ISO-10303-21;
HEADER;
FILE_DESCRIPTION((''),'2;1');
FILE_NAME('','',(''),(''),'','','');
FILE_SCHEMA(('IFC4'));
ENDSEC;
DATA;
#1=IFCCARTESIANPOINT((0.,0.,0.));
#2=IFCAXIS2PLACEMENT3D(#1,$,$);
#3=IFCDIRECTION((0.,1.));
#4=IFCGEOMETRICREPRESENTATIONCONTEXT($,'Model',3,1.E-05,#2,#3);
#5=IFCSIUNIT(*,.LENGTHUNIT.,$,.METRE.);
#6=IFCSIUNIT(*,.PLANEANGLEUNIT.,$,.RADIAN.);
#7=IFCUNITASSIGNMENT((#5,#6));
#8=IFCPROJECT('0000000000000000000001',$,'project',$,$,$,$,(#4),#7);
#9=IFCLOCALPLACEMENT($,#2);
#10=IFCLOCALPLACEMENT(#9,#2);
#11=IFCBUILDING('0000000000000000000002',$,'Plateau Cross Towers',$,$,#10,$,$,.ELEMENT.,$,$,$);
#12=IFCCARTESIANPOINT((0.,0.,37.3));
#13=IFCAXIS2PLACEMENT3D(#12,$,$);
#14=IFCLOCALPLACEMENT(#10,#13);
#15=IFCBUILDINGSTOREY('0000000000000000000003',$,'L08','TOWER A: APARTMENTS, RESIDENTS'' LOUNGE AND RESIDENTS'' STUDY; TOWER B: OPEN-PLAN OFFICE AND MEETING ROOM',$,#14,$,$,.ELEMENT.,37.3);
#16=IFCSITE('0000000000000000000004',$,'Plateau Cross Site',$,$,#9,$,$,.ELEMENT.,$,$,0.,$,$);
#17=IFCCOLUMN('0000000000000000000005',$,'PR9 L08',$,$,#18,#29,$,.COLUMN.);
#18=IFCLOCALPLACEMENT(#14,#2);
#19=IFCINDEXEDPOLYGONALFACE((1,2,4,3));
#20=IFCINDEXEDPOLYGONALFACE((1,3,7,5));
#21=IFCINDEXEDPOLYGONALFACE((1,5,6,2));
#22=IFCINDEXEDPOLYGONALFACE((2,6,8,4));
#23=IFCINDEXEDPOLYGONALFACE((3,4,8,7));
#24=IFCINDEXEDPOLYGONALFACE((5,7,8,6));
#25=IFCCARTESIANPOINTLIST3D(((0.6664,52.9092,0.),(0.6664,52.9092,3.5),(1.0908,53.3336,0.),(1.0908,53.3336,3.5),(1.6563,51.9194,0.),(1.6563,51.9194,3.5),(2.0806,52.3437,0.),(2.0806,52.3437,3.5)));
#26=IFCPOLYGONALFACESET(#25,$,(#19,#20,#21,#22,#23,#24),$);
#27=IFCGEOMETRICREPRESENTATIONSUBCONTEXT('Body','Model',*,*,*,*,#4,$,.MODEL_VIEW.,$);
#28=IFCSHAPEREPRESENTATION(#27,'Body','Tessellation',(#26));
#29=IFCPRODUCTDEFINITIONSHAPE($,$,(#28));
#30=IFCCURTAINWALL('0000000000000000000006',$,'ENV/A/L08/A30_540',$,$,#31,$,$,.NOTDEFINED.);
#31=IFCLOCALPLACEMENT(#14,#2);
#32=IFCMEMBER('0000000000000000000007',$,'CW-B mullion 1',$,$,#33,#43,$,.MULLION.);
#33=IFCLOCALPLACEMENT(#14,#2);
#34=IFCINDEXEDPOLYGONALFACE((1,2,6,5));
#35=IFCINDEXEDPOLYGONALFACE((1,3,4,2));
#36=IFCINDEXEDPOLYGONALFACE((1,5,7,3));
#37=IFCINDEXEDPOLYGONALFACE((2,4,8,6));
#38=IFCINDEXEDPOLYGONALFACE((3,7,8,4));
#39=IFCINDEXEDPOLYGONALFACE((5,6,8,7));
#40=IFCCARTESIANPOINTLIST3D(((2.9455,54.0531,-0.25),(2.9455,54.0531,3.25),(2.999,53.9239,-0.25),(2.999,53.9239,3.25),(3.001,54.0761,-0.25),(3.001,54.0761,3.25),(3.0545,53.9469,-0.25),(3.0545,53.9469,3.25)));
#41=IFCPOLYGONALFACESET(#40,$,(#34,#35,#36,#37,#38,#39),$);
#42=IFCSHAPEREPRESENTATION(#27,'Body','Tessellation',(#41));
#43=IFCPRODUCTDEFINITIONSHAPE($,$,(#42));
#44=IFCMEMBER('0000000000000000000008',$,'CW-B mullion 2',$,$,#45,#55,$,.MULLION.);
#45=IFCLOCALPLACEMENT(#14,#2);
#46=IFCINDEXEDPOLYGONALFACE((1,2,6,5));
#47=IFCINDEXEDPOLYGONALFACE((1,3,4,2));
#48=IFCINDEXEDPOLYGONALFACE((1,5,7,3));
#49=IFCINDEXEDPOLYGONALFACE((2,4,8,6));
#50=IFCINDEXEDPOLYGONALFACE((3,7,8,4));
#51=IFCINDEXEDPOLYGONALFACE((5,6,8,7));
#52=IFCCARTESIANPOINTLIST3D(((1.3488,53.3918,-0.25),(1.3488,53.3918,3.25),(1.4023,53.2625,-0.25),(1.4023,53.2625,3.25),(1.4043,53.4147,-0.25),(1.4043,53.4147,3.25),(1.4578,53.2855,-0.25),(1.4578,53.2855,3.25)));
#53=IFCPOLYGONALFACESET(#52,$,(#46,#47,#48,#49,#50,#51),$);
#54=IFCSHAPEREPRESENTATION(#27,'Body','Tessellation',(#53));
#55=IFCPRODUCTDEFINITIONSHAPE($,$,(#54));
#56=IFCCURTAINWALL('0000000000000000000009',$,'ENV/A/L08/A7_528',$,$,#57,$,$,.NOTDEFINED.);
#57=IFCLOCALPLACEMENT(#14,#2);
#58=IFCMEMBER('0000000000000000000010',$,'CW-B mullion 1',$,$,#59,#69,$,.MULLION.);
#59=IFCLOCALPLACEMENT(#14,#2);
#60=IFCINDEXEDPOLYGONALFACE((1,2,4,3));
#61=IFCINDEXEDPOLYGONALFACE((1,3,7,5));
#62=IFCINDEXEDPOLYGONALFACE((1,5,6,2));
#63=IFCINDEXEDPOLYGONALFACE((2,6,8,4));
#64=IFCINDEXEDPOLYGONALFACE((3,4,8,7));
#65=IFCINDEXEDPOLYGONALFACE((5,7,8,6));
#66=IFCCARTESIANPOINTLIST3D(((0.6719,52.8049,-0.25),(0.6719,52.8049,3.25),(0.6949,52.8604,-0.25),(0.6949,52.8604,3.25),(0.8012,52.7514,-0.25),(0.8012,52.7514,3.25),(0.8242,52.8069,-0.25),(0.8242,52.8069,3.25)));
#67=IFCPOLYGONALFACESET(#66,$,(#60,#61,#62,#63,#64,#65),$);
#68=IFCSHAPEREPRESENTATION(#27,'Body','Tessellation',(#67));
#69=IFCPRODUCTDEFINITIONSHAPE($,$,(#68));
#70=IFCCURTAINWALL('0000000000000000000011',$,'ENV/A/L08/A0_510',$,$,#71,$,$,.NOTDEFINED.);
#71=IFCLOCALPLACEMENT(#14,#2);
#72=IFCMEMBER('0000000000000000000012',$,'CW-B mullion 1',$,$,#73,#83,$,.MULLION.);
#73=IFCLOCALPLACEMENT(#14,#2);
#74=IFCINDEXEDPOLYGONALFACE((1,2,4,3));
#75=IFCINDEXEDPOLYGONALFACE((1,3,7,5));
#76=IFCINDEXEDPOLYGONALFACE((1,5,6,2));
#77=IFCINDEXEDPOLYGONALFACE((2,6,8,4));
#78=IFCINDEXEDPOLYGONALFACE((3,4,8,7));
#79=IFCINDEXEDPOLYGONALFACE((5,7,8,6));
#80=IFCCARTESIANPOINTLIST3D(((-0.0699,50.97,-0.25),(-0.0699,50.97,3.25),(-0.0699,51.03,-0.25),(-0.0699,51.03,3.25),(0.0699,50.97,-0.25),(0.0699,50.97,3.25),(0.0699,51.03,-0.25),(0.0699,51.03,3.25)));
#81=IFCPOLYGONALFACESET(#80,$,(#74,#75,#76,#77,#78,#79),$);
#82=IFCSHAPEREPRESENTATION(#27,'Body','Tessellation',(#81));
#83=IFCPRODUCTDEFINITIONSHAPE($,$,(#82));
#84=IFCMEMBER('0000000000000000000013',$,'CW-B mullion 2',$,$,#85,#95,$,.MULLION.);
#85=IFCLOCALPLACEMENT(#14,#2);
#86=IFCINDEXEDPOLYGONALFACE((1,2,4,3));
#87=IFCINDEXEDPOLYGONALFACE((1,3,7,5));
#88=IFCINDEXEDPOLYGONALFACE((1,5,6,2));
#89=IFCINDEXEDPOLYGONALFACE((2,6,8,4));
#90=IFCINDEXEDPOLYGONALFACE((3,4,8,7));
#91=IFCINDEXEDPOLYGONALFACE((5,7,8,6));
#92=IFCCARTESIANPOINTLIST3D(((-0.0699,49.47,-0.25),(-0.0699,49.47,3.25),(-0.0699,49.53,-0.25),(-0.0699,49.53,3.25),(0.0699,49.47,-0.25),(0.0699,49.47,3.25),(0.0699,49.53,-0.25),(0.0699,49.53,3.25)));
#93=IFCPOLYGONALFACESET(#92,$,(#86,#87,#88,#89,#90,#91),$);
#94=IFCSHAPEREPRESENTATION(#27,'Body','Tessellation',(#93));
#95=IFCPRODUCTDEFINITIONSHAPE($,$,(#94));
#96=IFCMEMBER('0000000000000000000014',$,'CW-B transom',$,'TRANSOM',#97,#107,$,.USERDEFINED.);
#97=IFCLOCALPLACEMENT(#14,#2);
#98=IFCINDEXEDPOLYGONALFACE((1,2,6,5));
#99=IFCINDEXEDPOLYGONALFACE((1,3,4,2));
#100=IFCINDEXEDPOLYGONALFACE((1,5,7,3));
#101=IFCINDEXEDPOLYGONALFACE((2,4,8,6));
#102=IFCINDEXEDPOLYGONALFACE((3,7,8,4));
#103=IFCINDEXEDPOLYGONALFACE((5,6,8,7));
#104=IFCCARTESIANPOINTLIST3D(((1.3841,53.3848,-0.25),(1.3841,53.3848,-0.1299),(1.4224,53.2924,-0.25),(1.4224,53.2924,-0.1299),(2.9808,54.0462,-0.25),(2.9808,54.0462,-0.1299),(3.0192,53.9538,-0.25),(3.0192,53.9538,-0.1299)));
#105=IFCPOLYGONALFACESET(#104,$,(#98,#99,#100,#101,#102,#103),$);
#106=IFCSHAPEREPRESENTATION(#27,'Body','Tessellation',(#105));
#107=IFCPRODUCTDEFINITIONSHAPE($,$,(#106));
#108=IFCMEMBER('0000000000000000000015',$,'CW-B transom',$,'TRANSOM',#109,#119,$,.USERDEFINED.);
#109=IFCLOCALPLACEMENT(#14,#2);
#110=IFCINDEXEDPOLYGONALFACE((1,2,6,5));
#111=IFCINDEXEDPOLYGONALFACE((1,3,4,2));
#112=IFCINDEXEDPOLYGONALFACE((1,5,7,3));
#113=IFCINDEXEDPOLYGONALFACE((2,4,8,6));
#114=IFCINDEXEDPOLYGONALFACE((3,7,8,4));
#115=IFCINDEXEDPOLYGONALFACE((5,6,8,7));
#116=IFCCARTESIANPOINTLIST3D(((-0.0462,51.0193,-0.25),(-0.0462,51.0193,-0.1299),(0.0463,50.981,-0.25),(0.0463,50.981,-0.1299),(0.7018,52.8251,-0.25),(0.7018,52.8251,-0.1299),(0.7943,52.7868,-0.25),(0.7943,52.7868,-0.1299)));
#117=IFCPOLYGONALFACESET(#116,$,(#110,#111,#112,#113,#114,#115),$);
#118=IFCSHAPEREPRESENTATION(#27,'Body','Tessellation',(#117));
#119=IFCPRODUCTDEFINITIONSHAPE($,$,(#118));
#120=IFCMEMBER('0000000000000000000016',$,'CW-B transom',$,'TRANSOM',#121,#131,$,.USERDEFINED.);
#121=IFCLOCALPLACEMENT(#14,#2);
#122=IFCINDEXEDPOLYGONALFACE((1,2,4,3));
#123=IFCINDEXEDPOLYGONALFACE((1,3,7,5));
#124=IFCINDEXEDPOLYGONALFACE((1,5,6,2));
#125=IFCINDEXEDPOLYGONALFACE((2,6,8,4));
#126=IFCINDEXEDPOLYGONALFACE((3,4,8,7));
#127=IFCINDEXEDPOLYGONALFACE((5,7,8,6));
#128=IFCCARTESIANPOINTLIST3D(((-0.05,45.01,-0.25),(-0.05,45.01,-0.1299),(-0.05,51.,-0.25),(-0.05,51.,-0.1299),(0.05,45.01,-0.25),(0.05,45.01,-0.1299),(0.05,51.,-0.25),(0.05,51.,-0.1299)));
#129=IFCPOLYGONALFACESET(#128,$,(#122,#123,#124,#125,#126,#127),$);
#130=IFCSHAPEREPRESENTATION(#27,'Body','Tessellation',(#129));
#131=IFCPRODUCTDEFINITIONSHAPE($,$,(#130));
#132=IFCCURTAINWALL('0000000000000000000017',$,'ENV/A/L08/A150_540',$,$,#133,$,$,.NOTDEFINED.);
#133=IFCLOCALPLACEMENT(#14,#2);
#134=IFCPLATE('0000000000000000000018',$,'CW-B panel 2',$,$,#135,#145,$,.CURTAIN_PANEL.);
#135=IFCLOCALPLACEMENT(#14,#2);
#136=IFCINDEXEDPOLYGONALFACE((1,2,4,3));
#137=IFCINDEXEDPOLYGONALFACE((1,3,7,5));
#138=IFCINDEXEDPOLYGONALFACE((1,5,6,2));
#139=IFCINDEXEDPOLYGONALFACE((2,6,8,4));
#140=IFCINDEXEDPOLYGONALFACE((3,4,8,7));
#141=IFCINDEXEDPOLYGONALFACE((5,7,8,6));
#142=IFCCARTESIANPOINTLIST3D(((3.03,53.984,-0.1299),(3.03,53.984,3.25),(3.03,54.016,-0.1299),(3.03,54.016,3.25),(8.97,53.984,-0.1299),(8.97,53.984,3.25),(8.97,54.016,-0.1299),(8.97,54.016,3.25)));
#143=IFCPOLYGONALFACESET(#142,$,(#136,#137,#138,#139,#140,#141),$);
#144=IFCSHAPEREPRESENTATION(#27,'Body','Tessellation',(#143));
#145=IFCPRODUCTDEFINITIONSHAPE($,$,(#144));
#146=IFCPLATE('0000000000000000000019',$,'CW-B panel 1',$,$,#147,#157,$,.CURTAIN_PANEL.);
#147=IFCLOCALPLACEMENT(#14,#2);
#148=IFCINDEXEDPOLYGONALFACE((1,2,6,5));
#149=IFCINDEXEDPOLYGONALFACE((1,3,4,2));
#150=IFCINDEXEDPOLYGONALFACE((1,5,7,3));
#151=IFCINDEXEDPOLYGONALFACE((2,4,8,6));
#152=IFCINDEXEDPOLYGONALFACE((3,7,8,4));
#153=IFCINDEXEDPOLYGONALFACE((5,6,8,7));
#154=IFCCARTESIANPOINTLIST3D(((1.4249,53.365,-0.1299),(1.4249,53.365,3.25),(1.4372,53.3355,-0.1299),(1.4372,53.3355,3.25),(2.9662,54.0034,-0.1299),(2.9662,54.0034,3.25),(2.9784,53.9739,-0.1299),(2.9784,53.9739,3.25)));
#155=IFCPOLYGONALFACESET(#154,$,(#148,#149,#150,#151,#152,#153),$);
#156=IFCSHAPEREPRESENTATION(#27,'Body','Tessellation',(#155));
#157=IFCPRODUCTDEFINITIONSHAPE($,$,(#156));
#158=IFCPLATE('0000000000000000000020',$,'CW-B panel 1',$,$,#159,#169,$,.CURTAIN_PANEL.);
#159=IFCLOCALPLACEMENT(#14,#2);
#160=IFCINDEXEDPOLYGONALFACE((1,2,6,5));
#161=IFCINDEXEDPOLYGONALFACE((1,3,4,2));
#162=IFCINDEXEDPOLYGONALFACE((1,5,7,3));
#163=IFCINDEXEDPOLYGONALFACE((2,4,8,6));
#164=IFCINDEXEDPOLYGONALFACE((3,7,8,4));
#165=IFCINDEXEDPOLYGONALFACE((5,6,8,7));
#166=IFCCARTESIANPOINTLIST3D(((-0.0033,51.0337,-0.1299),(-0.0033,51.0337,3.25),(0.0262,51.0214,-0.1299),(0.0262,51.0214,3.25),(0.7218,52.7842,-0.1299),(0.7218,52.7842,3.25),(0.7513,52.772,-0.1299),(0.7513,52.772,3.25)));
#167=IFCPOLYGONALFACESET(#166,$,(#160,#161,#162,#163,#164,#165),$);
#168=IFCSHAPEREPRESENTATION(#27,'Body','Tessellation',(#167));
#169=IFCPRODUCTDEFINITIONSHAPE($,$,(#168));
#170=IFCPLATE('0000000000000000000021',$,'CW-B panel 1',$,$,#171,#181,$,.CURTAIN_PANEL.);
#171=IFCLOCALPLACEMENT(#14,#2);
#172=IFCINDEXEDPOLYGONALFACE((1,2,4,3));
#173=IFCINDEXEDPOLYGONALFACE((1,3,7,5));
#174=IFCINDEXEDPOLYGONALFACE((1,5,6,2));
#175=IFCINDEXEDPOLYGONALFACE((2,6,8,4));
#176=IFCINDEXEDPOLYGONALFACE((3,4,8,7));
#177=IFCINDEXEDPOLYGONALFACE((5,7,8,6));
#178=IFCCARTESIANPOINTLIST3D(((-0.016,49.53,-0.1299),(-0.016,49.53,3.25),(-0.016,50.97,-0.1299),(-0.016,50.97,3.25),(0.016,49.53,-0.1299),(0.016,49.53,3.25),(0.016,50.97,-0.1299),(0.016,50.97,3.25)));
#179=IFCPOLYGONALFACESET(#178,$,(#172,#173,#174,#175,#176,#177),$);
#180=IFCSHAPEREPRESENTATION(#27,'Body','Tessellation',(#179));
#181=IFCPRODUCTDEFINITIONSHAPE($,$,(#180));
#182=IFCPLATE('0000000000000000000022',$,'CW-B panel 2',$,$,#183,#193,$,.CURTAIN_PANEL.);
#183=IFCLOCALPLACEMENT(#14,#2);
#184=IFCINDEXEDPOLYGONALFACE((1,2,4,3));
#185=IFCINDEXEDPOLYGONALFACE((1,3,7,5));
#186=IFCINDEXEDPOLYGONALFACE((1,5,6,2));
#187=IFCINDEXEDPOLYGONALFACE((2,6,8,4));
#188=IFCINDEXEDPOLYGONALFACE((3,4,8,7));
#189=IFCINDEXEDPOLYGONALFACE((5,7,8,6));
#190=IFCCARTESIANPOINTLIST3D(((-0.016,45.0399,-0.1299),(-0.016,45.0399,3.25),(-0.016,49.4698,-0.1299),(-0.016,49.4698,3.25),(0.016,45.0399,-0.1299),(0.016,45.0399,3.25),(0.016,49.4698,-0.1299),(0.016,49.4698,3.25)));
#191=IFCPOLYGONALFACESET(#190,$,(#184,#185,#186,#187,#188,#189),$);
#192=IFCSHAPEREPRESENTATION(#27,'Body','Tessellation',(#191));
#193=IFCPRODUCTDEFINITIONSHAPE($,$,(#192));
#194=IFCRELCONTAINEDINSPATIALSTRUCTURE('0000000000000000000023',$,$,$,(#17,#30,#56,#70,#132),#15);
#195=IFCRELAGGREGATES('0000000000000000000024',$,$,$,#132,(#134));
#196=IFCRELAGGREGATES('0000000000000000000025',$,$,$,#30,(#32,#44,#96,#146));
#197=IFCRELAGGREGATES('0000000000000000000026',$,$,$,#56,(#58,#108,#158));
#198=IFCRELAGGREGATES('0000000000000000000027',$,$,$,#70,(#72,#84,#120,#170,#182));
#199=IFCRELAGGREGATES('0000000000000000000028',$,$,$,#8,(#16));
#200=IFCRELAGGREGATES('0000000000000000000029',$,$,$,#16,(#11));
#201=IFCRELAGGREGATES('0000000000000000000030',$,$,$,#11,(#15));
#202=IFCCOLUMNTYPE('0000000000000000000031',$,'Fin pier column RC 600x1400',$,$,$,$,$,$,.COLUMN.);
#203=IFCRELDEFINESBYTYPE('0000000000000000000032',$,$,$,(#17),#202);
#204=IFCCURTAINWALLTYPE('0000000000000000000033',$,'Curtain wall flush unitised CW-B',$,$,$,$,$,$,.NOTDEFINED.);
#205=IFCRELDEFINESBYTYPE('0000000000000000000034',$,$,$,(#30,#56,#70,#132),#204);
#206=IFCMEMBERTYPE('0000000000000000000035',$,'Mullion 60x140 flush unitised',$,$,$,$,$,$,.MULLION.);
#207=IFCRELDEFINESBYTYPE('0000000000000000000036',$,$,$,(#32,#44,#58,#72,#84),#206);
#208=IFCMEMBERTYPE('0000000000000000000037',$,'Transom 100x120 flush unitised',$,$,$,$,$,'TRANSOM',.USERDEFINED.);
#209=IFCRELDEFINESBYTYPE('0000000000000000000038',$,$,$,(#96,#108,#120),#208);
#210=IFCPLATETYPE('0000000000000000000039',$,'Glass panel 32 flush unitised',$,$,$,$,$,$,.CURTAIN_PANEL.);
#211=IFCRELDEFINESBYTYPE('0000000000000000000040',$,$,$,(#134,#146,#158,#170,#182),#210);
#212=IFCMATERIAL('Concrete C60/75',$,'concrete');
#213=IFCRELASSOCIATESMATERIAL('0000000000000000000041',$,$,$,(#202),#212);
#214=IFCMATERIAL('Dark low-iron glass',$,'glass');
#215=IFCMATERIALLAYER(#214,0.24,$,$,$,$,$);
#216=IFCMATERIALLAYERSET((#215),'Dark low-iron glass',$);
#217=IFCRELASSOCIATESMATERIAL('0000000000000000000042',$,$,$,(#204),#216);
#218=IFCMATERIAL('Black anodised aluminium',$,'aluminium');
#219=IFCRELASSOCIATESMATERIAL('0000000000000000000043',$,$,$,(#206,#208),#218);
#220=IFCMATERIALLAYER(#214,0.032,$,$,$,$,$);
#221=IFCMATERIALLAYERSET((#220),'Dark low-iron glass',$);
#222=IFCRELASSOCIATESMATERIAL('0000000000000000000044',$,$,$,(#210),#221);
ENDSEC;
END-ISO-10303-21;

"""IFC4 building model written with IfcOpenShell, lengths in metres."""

from ifc_helpers import new_model, si_unit, direction, frame, origin, origin_2d, place, context, subcontext, project, spatial, rectangle, extrude, material, layer, layer_set, material_profile, profile_set, type_object, element, aggregate, save


model = new_model("IFC4")

# Units and contexts
model_context = context("Model", 3, precision=1e-05, world=origin(), true_north=direction((0.0, 1.0)))
body_context = subcontext(model_context, "Body", "Model", "MODEL_VIEW")
ifc_project = project(units=[si_unit("LENGTHUNIT", "METRE"), si_unit("PLANEANGLEUNIT", "RADIAN")], contexts=[model_context])

# Site, building, storey
site_placement = place(None, origin())
site = spatial("IfcSite", under=ifc_project, at=site_placement, Name="Plateau Cross Site", CompositionType="ELEMENT", RefElevation=0.0)
building_placement = place(site_placement, origin())
building = spatial("IfcBuilding", under=site, at=building_placement, Name="Plateau Cross Towers", CompositionType="ELEMENT")
storey_placement = place(building_placement, frame((0.0, 0.0, 37.3)))
storey = spatial("IfcBuildingStorey", under=building, at=storey_placement, Name="L08", Description="TOWER A: APARTMENTS, RESIDENTS' LOUNGE AND RESIDENTS' STUDY; TOWER B: OPEN-PLAN OFFICE AND MEETING ROOM", CompositionType="ELEMENT", Elevation=37.3)

# Column
ifc_material_1 = material(Name="Concrete C60/75", Category="concrete")
ifc_material_profile_1 = material_profile(ifc_material_1, rectangle(XDim=0.6001, YDim=1.3999, at=origin_2d()), Name="RC 600x1400")
ifc_profile_set_1 = profile_set([ifc_material_profile_1], Name="Concrete C60/75")
column_type = type_object("IfcColumnType", Name="Fin pier column RC 600x1400", PredefinedType="COLUMN", material=ifc_profile_set_1)
column_placement = place(storey_placement, frame((1.3735, 52.6265, 0.0), z_axis=(0.0, 0.0, 1.0), x_axis=(0.707107, 0.707107, 0.0)))
element("IfcColumn", 1, at=column_placement, inside=storey, type_object=column_type, Name="PR9 L08", PredefinedType="COLUMN", context=body_context, shape_type="SweptSolid", body=[
    extrude(rectangle(XDim=0.6001, YDim=1.3999, at=origin_2d()), origin(), (0.0, 0.0, 1.0), 3.5),
])

# Curtain wall, members
ifc_material_2 = material(Name="Dark low-iron glass", Category="glass")
ifc_layer_1 = layer(ifc_material_2, 0.24)
ifc_layer_set_1 = layer_set([ifc_layer_1], Name="Dark low-iron glass")
curtain_wall_type = type_object("IfcCurtainWallType", Name="Curtain wall flush unitised CW-B", PredefinedType="NOTDEFINED", material=ifc_layer_set_1)
curtain_wall_1_placement = place(storey_placement, origin())
curtain_wall_1 = element("IfcCurtainWall", 2, at=curtain_wall_1_placement, inside=storey, type_object=curtain_wall_type, Name="ENV/A/L08/A30_540", PredefinedType="NOTDEFINED")
ifc_material_3 = material(Name="Black anodised aluminium", Category="aluminium")
ifc_material_profile_2 = material_profile(ifc_material_3, rectangle(XDim=0.0601, YDim=0.1399, at=origin_2d()), Name="MULLION 60x140")
ifc_profile_set_2 = profile_set([ifc_material_profile_2], Name="Black anodised aluminium")
member_type_1 = type_object("IfcMemberType", Name="Mullion 60x140 flush unitised", PredefinedType="MULLION", material=ifc_profile_set_2)
member_1_placement = place(storey_placement, frame((3.0, 54.0, -0.25), z_axis=(0.0, 0.0, 1.0), x_axis=(-0.923879, -0.382684, 0.0)))
member_1 = element("IfcMember", 3, at=member_1_placement, type_object=member_type_1, Name="CW-B mullion 1", PredefinedType="MULLION", context=body_context, shape_type="SweptSolid", body=[
    extrude(rectangle(XDim=0.0601, YDim=0.1399, at=origin_2d()), origin(), (0.0, 0.0, 1.0), 3.5),
])
member_2_placement = place(storey_placement, frame((1.4033, 53.3386, -0.25), z_axis=(0.0, 0.0, 1.0), x_axis=(-0.923879, -0.382684, 0.0)))
member_2 = element("IfcMember", 4, at=member_2_placement, type_object=member_type_1, Name="CW-B mullion 2", PredefinedType="MULLION", context=body_context, shape_type="SweptSolid", body=[
    extrude(rectangle(XDim=0.0601, YDim=0.1399, at=origin_2d()), origin(), (0.0, 0.0, 1.0), 3.5),
])

# Curtain wall, member
curtain_wall_2_placement = place(storey_placement, origin())
curtain_wall_2 = element("IfcCurtainWall", 5, at=curtain_wall_2_placement, inside=storey, type_object=curtain_wall_type, Name="ENV/A/L08/A7_528", PredefinedType="NOTDEFINED")
member_3_placement = place(storey_placement, frame((0.748, 52.8059, -0.25), z_axis=(0.0, 0.0, 1.0), x_axis=(-0.382684, -0.923879, 0.0)))
member_3 = element("IfcMember", 6, at=member_3_placement, type_object=member_type_1, Name="CW-B mullion 1", PredefinedType="MULLION", context=body_context, shape_type="SweptSolid", body=[
    extrude(rectangle(XDim=0.0601, YDim=0.1399, at=origin_2d()), origin(), (0.0, 0.0, 1.0), 3.5),
])

# Curtain wall, members
curtain_wall_3_placement = place(storey_placement, origin())
curtain_wall_3 = element("IfcCurtainWall", 7, at=curtain_wall_3_placement, inside=storey, type_object=curtain_wall_type, Name="ENV/A/L08/A0_510", PredefinedType="NOTDEFINED")
member_4_placement = place(storey_placement, frame((0.0, 51.0, -0.25), z_axis=(0.0, 0.0, 1.0), x_axis=(0.0, -1.0, 0.0)))
member_4 = element("IfcMember", 8, at=member_4_placement, type_object=member_type_1, Name="CW-B mullion 1", PredefinedType="MULLION", context=body_context, shape_type="SweptSolid", body=[
    extrude(rectangle(XDim=0.0601, YDim=0.1399, at=origin_2d()), origin(), (0.0, 0.0, 1.0), 3.5),
])
member_5_placement = place(storey_placement, frame((0.0, 49.5, -0.25), z_axis=(0.0, 0.0, 1.0), x_axis=(0.0, -1.0, 0.0)))
member_5 = element("IfcMember", 9, at=member_5_placement, type_object=member_type_1, Name="CW-B mullion 2", PredefinedType="MULLION", context=body_context, shape_type="SweptSolid", body=[
    extrude(rectangle(XDim=0.0601, YDim=0.1399, at=origin_2d()), origin(), (0.0, 0.0, 1.0), 3.5),
])

# Members
ifc_material_profile_3 = material_profile(ifc_material_3, rectangle(XDim=0.1001, YDim=0.1201, at=origin_2d()), Name="TRANSOM 100x120")
ifc_profile_set_3 = profile_set([ifc_material_profile_3], Name="Black anodised aluminium")
member_type_2 = type_object("IfcMemberType", Name="Transom 100x120 flush unitised", ElementType="TRANSOM", PredefinedType="USERDEFINED", material=ifc_profile_set_3)
member_6_placement = place(storey_placement, frame((3.0, 54.0, -0.1899), z_axis=(-0.923877, -0.382689, 0.0), x_axis=(0.382689, -0.923877, 0.0)))
member_6 = element("IfcMember", 10, at=member_6_placement, type_object=member_type_2, Name="CW-B transom", ObjectType="TRANSOM", PredefinedType="USERDEFINED", context=body_context, shape_type="SweptSolid", body=[
    extrude(rectangle(XDim=0.1001, YDim=0.1201, at=origin_2d()), origin(), (0.0, 0.0, 1.0), 1.7283),
])
member_7_placement = place(storey_placement, frame((0.748, 52.8059, -0.1899), z_axis=(-0.38269, -0.923877, 0.0), x_axis=(0.923877, -0.38269, 0.0)))
member_7 = element("IfcMember", 11, at=member_7_placement, type_object=member_type_2, Name="CW-B transom", ObjectType="TRANSOM", PredefinedType="USERDEFINED", context=body_context, shape_type="SweptSolid", body=[
    extrude(rectangle(XDim=0.1001, YDim=0.1201, at=origin_2d()), origin(), (0.0, 0.0, 1.0), 1.9546),
])
member_8_placement = place(storey_placement, frame((0.0, 51.0, -0.1899), z_axis=(0.0, -1.0, 0.0), x_axis=(1.0, 0.0, 0.0)))
member_8 = element("IfcMember", 12, at=member_8_placement, type_object=member_type_2, Name="CW-B transom", ObjectType="TRANSOM", PredefinedType="USERDEFINED", context=body_context, shape_type="SweptSolid", body=[
    extrude(rectangle(XDim=0.1001, YDim=0.1201, at=origin_2d()), origin(), (0.0, 0.0, 1.0), 5.99),
])

# Curtain wall, plate
curtain_wall_4_placement = place(storey_placement, origin())
curtain_wall_4 = element("IfcCurtainWall", 13, at=curtain_wall_4_placement, inside=storey, type_object=curtain_wall_type, Name="ENV/A/L08/A150_540", PredefinedType="NOTDEFINED")
ifc_layer_2 = layer(ifc_material_2, 0.032)
ifc_layer_set_2 = layer_set([ifc_layer_2], Name="Dark low-iron glass")
plate_type = type_object("IfcPlateType", Name="Glass panel 32 flush unitised", PredefinedType="CURTAIN_PANEL", material=ifc_layer_set_2)
plate_1_placement = place(storey_placement, frame((6.0, 54.0, -0.1299), z_axis=(0.0, 0.0, 1.0), x_axis=(-1.0, 0.0, 0.0)))
plate_1 = element("IfcPlate", 14, at=plate_1_placement, type_object=plate_type, Name="CW-B panel 2", PredefinedType="CURTAIN_PANEL", context=body_context, shape_type="SweptSolid", body=[
    extrude(rectangle(XDim=5.9399, YDim=0.032, at=origin_2d()), origin(), (0.0, 0.0, 1.0), 3.3799),
])
aggregate(curtain_wall_4, [plate_1])

# Plates
plate_2_placement = place(storey_placement, frame((2.2017, 53.6694, -0.1299), z_axis=(0.0, 0.0, 1.0), x_axis=(-0.923879, -0.382684, 0.0)))
plate_2 = element("IfcPlate", 15, at=plate_2_placement, type_object=plate_type, Name="CW-B panel 1", PredefinedType="CURTAIN_PANEL", context=body_context, shape_type="SweptSolid", body=[
    extrude(rectangle(XDim=1.6682, YDim=0.032, at=origin_2d()), origin(), (0.0, 0.0, 1.0), 3.3799),
])
aggregate(curtain_wall_1, [member_1, member_2, member_6, plate_2])
plate_3_placement = place(storey_placement, frame((0.374, 51.9028, -0.1299), z_axis=(0.0, 0.0, 1.0), x_axis=(-0.382684, -0.923879, 0.0)))
plate_3 = element("IfcPlate", 16, at=plate_3_placement, type_object=plate_type, Name="CW-B panel 1", PredefinedType="CURTAIN_PANEL", context=body_context, shape_type="SweptSolid", body=[
    extrude(rectangle(XDim=1.8948, YDim=0.032, at=origin_2d()), origin(), (0.0, 0.0, 1.0), 3.3799),
])
aggregate(curtain_wall_2, [member_3, member_7, plate_3])
plate_4_placement = place(storey_placement, frame((0.0, 50.25, -0.1299), z_axis=(0.0, 0.0, 1.0), x_axis=(0.0, -1.0, 0.0)))
plate_4 = element("IfcPlate", 17, at=plate_4_placement, type_object=plate_type, Name="CW-B panel 1", PredefinedType="CURTAIN_PANEL", context=body_context, shape_type="SweptSolid", body=[
    extrude(rectangle(XDim=1.4399, YDim=0.032, at=origin_2d()), origin(), (0.0, 0.0, 1.0), 3.3799),
])
plate_5_placement = place(storey_placement, frame((0.0, 47.2549, -0.1299), z_axis=(0.0, 0.0, 1.0), x_axis=(0.0, -1.0, 0.0)))
plate_5 = element("IfcPlate", 18, at=plate_5_placement, type_object=plate_type, Name="CW-B panel 2", PredefinedType="CURTAIN_PANEL", context=body_context, shape_type="SweptSolid", body=[
    extrude(rectangle(XDim=4.4299, YDim=0.032, at=origin_2d()), origin(), (0.0, 0.0, 1.0), 3.3799),
])
aggregate(curtain_wall_3, [member_4, member_5, member_8, plate_4, plate_5])

save(model, "model.ifc")
